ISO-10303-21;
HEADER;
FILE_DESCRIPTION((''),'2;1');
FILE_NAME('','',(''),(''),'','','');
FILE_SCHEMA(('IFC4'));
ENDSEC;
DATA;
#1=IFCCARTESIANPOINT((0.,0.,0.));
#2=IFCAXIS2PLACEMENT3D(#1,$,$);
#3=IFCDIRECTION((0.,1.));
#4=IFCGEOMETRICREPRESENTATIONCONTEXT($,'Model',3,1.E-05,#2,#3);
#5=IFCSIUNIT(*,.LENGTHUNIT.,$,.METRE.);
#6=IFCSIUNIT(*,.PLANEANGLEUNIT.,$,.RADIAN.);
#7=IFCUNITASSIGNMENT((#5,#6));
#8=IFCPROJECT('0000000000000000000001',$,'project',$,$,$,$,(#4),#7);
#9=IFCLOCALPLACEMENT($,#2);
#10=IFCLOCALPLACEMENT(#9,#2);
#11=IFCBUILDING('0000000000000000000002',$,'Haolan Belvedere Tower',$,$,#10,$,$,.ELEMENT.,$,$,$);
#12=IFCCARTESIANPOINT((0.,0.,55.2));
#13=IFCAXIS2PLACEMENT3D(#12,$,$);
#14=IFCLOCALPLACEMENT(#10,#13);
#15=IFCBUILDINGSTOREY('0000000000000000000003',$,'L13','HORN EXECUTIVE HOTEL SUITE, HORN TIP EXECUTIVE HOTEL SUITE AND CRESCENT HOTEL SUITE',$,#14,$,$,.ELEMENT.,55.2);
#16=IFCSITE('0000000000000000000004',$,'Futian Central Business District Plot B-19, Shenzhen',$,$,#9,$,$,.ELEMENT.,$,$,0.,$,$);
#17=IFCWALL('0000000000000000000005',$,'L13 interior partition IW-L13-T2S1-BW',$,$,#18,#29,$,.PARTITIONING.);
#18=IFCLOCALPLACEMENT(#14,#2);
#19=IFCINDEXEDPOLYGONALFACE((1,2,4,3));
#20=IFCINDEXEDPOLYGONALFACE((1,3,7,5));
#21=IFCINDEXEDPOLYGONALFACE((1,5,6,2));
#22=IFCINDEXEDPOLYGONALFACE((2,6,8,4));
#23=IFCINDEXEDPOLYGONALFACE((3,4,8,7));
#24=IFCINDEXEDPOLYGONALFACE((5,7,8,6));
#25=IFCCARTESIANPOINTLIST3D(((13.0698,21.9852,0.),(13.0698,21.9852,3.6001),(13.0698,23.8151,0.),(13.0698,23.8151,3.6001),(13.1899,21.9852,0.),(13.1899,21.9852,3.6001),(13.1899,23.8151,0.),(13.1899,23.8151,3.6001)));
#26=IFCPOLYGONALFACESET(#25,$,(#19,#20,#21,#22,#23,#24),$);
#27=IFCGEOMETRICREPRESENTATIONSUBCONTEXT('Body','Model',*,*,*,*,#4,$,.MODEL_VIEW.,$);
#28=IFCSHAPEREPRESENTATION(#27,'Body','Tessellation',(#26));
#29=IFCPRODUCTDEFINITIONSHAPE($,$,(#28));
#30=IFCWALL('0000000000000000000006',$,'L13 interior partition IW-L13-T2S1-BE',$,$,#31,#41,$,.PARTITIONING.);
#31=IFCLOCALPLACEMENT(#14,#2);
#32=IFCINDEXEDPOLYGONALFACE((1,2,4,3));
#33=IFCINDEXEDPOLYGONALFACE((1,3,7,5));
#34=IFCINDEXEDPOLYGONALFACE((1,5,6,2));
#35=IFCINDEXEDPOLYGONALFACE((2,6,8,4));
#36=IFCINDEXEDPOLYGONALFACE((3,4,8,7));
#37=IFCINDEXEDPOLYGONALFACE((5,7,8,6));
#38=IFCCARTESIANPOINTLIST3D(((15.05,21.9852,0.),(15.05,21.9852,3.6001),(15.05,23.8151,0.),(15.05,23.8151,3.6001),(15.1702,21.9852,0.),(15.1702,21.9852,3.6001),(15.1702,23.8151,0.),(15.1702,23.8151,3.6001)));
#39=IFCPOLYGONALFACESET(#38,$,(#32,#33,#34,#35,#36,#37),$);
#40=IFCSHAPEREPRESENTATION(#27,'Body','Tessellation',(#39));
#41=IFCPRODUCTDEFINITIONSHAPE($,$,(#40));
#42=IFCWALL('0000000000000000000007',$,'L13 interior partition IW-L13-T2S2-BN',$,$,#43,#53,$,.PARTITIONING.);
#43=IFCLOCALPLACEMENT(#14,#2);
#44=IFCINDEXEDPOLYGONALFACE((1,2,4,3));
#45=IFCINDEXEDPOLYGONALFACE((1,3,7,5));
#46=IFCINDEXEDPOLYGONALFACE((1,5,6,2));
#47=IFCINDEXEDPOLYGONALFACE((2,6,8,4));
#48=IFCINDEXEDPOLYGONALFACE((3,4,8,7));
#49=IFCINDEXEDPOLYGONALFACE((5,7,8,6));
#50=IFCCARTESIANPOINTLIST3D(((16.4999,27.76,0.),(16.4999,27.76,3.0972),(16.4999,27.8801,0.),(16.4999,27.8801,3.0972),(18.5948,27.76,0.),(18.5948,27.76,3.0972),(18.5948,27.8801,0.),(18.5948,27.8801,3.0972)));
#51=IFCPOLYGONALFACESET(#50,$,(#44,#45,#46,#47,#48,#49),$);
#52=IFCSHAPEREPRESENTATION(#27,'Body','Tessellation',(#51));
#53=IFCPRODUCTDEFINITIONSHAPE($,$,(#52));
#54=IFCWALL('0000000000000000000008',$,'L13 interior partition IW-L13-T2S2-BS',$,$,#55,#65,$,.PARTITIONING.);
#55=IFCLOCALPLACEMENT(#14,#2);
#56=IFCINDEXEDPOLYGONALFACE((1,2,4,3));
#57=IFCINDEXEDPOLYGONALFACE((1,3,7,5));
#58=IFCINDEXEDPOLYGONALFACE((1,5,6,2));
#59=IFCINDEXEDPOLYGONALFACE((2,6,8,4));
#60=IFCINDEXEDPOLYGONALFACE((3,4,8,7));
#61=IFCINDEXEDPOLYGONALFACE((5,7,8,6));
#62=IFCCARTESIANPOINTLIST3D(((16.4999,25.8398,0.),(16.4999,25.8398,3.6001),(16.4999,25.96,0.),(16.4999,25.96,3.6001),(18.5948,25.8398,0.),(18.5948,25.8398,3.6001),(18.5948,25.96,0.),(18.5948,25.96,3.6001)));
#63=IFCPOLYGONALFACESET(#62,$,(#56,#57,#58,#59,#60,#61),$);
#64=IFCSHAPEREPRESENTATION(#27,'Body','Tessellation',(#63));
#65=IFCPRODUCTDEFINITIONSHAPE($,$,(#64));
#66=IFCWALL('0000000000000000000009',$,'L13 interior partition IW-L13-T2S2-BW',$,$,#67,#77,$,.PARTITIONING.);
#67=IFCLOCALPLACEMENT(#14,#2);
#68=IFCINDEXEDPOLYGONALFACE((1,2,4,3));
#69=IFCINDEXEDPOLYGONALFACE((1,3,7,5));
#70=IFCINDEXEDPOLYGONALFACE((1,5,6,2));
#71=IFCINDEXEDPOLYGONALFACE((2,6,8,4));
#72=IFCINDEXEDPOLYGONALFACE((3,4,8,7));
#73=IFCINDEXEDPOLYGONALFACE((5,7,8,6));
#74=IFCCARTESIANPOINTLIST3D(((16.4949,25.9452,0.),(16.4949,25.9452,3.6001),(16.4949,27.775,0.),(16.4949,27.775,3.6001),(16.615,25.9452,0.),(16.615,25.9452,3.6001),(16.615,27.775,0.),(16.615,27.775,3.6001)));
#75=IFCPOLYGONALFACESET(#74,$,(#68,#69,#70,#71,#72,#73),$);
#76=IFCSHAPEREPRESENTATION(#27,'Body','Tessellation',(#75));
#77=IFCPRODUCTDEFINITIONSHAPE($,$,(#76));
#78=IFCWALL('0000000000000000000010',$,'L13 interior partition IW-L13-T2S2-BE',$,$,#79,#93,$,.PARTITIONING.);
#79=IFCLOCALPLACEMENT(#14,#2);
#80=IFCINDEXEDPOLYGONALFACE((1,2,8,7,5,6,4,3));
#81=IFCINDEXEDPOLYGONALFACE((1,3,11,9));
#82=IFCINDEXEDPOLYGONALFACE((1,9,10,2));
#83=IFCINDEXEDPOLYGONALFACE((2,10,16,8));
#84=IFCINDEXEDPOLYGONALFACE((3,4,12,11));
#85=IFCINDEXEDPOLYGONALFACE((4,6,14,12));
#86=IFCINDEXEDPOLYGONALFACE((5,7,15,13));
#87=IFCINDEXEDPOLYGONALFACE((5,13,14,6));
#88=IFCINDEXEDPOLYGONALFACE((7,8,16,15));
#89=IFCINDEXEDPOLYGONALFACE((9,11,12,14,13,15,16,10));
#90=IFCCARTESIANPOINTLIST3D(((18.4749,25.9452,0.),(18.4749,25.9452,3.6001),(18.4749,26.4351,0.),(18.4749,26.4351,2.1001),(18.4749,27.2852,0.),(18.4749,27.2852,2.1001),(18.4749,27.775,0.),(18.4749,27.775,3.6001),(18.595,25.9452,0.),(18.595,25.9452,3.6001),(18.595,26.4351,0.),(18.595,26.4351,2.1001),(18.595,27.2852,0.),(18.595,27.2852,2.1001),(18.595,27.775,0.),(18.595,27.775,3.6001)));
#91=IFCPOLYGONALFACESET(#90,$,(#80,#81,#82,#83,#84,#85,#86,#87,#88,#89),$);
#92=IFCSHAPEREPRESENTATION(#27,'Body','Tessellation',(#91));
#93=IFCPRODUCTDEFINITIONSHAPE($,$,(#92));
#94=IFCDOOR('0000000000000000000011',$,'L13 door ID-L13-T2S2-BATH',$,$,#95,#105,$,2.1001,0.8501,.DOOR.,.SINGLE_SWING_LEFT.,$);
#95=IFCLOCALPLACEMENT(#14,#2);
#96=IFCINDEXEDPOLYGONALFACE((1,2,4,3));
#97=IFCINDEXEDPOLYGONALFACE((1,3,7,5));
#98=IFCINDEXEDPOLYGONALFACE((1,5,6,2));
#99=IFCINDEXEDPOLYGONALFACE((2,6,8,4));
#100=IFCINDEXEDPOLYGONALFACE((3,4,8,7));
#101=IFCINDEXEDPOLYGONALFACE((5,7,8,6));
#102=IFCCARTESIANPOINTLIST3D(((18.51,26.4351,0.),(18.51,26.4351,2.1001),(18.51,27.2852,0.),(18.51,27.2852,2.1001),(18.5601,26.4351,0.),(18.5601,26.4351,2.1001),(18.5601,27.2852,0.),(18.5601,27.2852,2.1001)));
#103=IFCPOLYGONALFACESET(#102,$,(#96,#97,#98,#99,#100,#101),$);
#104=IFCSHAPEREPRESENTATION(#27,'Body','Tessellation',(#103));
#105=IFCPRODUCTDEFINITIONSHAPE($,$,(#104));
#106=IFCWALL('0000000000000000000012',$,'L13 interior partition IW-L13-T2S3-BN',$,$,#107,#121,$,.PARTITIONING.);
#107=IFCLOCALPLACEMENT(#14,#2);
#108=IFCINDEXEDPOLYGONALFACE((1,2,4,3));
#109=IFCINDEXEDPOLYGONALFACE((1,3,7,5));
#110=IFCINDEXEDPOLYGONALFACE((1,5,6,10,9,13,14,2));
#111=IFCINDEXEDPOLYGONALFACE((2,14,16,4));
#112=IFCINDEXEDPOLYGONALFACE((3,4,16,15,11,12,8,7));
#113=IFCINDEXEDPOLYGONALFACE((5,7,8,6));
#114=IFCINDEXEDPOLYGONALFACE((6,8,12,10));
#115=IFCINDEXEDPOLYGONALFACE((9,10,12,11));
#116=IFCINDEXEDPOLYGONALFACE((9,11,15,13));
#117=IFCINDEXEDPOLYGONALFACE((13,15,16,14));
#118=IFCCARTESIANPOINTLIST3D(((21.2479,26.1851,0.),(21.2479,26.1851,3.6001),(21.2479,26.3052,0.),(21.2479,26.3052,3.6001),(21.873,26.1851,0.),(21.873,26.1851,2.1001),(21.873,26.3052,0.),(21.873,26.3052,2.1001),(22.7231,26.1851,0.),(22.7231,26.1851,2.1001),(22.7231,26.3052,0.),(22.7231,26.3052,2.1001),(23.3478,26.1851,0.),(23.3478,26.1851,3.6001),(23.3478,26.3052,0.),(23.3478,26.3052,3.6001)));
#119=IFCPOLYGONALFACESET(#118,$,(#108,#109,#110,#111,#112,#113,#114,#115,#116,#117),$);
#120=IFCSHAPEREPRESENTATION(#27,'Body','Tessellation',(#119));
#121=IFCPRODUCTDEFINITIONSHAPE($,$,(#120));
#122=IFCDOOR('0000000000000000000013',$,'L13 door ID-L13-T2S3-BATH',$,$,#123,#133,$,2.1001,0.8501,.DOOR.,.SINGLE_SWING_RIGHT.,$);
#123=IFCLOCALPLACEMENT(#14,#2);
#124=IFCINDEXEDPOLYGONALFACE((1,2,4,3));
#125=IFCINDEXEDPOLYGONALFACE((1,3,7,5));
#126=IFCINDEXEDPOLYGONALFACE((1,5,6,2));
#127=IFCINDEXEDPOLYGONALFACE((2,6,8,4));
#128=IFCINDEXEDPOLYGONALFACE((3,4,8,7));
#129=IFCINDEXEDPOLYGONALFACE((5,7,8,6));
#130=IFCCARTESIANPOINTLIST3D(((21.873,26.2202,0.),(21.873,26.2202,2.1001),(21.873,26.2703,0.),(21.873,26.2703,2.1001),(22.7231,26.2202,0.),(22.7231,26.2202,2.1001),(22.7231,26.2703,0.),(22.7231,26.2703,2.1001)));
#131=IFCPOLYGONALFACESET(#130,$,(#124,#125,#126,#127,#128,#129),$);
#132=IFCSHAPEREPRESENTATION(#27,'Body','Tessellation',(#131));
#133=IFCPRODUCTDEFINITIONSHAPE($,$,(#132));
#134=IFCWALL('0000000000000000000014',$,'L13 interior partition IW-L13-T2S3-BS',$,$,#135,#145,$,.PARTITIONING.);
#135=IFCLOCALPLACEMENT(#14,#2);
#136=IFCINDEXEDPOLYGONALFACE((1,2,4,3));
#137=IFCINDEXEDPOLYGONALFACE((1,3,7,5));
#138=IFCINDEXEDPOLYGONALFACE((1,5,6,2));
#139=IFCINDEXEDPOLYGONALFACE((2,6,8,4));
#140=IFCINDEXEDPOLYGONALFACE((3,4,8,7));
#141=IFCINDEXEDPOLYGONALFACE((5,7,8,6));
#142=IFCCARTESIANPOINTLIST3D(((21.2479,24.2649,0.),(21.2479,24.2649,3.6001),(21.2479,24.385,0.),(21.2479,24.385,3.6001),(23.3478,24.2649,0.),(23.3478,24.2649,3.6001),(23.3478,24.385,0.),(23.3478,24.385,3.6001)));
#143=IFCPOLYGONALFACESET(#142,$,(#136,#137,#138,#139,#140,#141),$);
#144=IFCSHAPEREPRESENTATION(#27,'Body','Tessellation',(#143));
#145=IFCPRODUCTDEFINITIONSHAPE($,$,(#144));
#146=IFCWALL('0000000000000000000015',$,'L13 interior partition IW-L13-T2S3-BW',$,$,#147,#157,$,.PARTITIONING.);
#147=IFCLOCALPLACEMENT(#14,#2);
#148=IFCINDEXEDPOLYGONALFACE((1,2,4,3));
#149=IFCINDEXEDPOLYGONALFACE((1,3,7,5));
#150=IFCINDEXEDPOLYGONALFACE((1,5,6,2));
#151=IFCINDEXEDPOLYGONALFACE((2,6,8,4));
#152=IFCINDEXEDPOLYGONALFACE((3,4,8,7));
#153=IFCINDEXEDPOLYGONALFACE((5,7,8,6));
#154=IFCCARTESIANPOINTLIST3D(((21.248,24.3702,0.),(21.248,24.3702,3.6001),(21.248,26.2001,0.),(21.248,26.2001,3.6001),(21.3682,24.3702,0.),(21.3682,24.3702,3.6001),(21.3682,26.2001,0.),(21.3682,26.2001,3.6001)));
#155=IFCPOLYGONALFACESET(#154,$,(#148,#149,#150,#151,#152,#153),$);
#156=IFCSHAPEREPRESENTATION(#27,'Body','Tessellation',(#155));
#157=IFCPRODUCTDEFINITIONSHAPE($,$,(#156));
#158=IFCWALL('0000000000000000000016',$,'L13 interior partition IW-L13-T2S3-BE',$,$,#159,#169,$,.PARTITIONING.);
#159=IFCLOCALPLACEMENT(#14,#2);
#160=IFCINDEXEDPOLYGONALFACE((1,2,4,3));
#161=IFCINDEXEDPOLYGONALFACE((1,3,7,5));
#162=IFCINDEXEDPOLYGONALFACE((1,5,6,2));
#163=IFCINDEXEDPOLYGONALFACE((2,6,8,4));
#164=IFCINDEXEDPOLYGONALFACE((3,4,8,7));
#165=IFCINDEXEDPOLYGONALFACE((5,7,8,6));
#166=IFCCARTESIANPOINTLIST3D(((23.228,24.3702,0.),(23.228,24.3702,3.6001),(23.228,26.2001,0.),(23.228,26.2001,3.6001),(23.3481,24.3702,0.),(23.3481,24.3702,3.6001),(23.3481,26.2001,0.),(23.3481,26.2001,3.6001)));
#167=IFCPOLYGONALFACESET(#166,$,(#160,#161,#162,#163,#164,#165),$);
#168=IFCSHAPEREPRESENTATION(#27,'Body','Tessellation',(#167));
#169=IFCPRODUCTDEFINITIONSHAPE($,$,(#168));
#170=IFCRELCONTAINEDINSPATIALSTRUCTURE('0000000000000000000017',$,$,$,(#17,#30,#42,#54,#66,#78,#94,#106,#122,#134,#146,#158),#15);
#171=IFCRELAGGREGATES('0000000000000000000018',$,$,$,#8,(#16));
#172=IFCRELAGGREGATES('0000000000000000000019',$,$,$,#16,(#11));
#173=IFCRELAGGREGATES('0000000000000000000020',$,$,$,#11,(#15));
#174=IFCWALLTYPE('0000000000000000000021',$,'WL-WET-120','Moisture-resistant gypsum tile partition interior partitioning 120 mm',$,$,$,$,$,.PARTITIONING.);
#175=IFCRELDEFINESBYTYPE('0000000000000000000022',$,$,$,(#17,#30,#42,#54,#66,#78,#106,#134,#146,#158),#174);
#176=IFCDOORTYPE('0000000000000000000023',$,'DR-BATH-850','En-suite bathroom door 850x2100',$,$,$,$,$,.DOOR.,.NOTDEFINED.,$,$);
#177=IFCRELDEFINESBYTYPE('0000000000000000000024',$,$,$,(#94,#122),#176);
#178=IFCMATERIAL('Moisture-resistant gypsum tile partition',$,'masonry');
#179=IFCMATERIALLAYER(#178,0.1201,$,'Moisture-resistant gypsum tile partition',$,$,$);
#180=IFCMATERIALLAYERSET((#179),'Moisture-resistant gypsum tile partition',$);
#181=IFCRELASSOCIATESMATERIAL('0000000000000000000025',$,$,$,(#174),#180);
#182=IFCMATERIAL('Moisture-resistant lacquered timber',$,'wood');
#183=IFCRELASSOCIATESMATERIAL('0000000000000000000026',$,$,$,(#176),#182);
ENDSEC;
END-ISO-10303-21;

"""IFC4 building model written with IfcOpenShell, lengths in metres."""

from ifc_helpers import new_model, si_unit, direction, frame, frame_2d, origin, place, context, subcontext, project, spatial, rectangle, extrude, material, layer, layer_set, type_object, element, fill, save


model = new_model("IFC4")

# Units and contexts
model_context = context("Model", 3, precision=1e-05, world=origin(), true_north=direction((0.0, 1.0)))
body_context = subcontext(model_context, "Body", "Model", "MODEL_VIEW")
ifc_project = project(units=[si_unit("LENGTHUNIT", "METRE"), si_unit("PLANEANGLEUNIT", "RADIAN")], contexts=[model_context])

# Site, building, storey
site_placement = place(None, origin())
site = spatial("IfcSite", under=ifc_project, at=site_placement, Name="Futian Central Business District Plot B-19, Shenzhen", CompositionType="ELEMENT", RefElevation=0.0)
building_placement = place(site_placement, origin())
building = spatial("IfcBuilding", under=site, at=building_placement, Name="Haolan Belvedere Tower", CompositionType="ELEMENT")
storey_placement = place(building_placement, frame((0.0, 0.0, 55.2)))
storey = spatial("IfcBuildingStorey", under=building, at=storey_placement, Name="L13", Description="HORN EXECUTIVE HOTEL SUITE, HORN TIP EXECUTIVE HOTEL SUITE AND CRESCENT HOTEL SUITE", CompositionType="ELEMENT", Elevation=55.2)

# Walls
ifc_material_1 = material(Name="Moisture-resistant gypsum tile partition", Category="masonry")
ifc_layer_1 = layer(ifc_material_1, 0.1201, Name="Moisture-resistant gypsum tile partition")
ifc_layer_set_1 = layer_set([ifc_layer_1], Name="Moisture-resistant gypsum tile partition")
wall_type_1 = type_object("IfcWallType", Name="WL-WET-120", Description="Moisture-resistant gypsum tile partition interior partitioning 120 mm", PredefinedType="PARTITIONING", material=ifc_layer_set_1)
for number, where, z_axis, x_axis, name in (
    (1, (13.1299, 21.9851, 0.0), (0.0, 0.0, 1.0), (0.0, 1.0, 0.0), "L13 interior partition IW-L13-T2S1-BW"),
    (2, (15.1101, 21.9851, 0.0), (0.0, 0.0, 1.0), (0.0, 1.0, 0.0), "L13 interior partition IW-L13-T2S1-BE"),
):
    element("IfcWall", number, at=place(storey_placement, frame(where, z_axis=z_axis, x_axis=x_axis)), inside=storey, type_object=wall_type_1, Name=name, PredefinedType="PARTITIONING", context=body_context, shape_type="SweptSolid", body=[
        extrude(rectangle(XDim=1.8298, YDim=0.1201, at=frame_2d((0.915, 0.0))), origin(), (0.0, 0.0, 1.0), 3.6001),
    ])
wall_1_placement = place(storey_placement, frame((16.5, 27.8201, 0.0), z_axis=(0.0, 0.0, 1.0), x_axis=(1.0, 0.0, 0.0)))
element("IfcWall", 3, at=wall_1_placement, inside=storey, type_object=wall_type_1, Name="L13 interior partition IW-L13-T2S2-BN", PredefinedType="PARTITIONING", context=body_context, shape_type="SweptSolid", body=[
    extrude(rectangle(XDim=2.095, YDim=0.1201, at=frame_2d((1.0474, 0.0))), origin(), (0.0, 0.0, 1.0), 3.0972),
])
wall_2_placement = place(storey_placement, frame((16.5, 25.8999, 0.0), z_axis=(0.0, 0.0, 1.0), x_axis=(1.0, 0.0, 0.0)))
element("IfcWall", 4, at=wall_2_placement, inside=storey, type_object=wall_type_1, Name="L13 interior partition IW-L13-T2S2-BS", PredefinedType="PARTITIONING", context=body_context, shape_type="SweptSolid", body=[
    extrude(rectangle(XDim=2.095, YDim=0.1201, at=frame_2d((1.0474, 0.0))), origin(), (0.0, 0.0, 1.0), 3.6001),
])
wall_3_placement = place(storey_placement, frame((16.5549, 25.9451, 0.0), z_axis=(0.0, 0.0, 1.0), x_axis=(0.0, 1.0, 0.0)))
element("IfcWall", 5, at=wall_3_placement, inside=storey, type_object=wall_type_1, Name="L13 interior partition IW-L13-T2S2-BW", PredefinedType="PARTITIONING", context=body_context, shape_type="SweptSolid", body=[
    extrude(rectangle(XDim=1.8298, YDim=0.1201, at=frame_2d((0.915, 0.0))), origin(), (0.0, 0.0, 1.0), 3.6001),
])

# Walls, openings, doors
wall_4_placement = place(storey_placement, frame((18.5349, 25.9451, 0.0), z_axis=(0.0, 0.0, 1.0), x_axis=(0.0, 1.0, 0.0)))
wall_4 = element("IfcWall", 6, at=wall_4_placement, inside=storey, type_object=wall_type_1, Name="L13 interior partition IW-L13-T2S2-BE", PredefinedType="PARTITIONING", context=body_context, shape_type="SweptSolid", body=[
    extrude(rectangle(XDim=1.8298, YDim=0.1201, at=frame_2d((0.915, 0.0))), origin(), (0.0, 0.0, 1.0), 3.6001),
])
opening_1_placement = place(wall_4_placement, frame((0.49, 0.0, 0.0)))
opening_1 = element("IfcOpeningElement", 7, at=opening_1_placement, cuts=wall_4, PredefinedType="OPENING", context=body_context, shape_type="SweptSolid", body=[
    extrude(rectangle(XDim=0.8501, YDim=2.1001, at=frame_2d((0.425, 1.05))), frame((0.0, 0.0701, 0.0), z_axis=(0.0, -1.0, 0.0), x_axis=(1.0, 0.0, 0.0)), (0.0, 0.0, 1.0), 0.1401),
])
ifc_material_2 = material(Name="Moisture-resistant lacquered timber", Category="wood")
door_type_1 = type_object("IfcDoorType", Name="DR-BATH-850", Description="En-suite bathroom door 850x2100", OperationType="NOTDEFINED", PredefinedType="DOOR", material=ifc_material_2)
door_1_placement = place(opening_1_placement, origin())
door_1 = element("IfcDoor", 8, at=door_1_placement, inside=storey, type_object=door_type_1, Name="L13 door ID-L13-T2S2-BATH", OperationType="SINGLE_SWING_LEFT", OverallHeight=2.1001, OverallWidth=0.8501, PredefinedType="DOOR", context=body_context, shape_type="SweptSolid", body=[
    extrude(rectangle(XDim=0.8501, YDim=2.1001, at=frame_2d((0.425, 1.05))), frame((0.0, 0.0249, 0.0), z_axis=(0.0, -1.0, 0.0), x_axis=(1.0, 0.0, 0.0)), (0.0, 0.0, 1.0), 0.05),
])
fill(opening_1, door_1)
wall_5_placement = place(storey_placement, frame((21.248, 26.2451, 0.0), z_axis=(0.0, 0.0, 1.0), x_axis=(1.0, 0.0, 0.0)))
wall_5 = element("IfcWall", 9, at=wall_5_placement, inside=storey, type_object=wall_type_1, Name="L13 interior partition IW-L13-T2S3-BN", PredefinedType="PARTITIONING", context=body_context, shape_type="SweptSolid", body=[
    extrude(rectangle(XDim=2.0999, YDim=0.1201, at=frame_2d((1.0498, 0.0))), origin(), (0.0, 0.0, 1.0), 3.6001),
])
opening_2_placement = place(wall_5_placement, frame((1.4751, 0.0, 0.0), z_axis=(0.0, 0.0, 1.0), x_axis=(-1.0, 0.0, 0.0)))
opening_2 = element("IfcOpeningElement", 10, at=opening_2_placement, cuts=wall_5, PredefinedType="OPENING", context=body_context, shape_type="SweptSolid", body=[
    extrude(rectangle(XDim=0.8501, YDim=2.1001, at=frame_2d((0.425, 1.05))), frame((0.0, 0.0701, 0.0), z_axis=(0.0, -1.0, 0.0), x_axis=(1.0, 0.0, 0.0)), (0.0, 0.0, 1.0), 0.1401),
])
door_2_placement = place(opening_2_placement, origin())
door_2 = element("IfcDoor", 11, at=door_2_placement, inside=storey, type_object=door_type_1, Name="L13 door ID-L13-T2S3-BATH", OperationType="SINGLE_SWING_RIGHT", OverallHeight=2.1001, OverallWidth=0.8501, PredefinedType="DOOR", context=body_context, shape_type="SweptSolid", body=[
    extrude(rectangle(XDim=0.8501, YDim=2.1001, at=frame_2d((0.425, 1.05))), frame((0.0, 0.0249, 0.0), z_axis=(0.0, -1.0, 0.0), x_axis=(1.0, 0.0, 0.0)), (0.0, 0.0, 1.0), 0.05),
])
fill(opening_2, door_2)

# Walls
wall_6_placement = place(storey_placement, frame((21.248, 24.325, 0.0), z_axis=(0.0, 0.0, 1.0), x_axis=(1.0, 0.0, 0.0)))
element("IfcWall", 12, at=wall_6_placement, inside=storey, type_object=wall_type_1, Name="L13 interior partition IW-L13-T2S3-BS", PredefinedType="PARTITIONING", context=body_context, shape_type="SweptSolid", body=[
    extrude(rectangle(XDim=2.0999, YDim=0.1201, at=frame_2d((1.0498, 0.0))), origin(), (0.0, 0.0, 1.0), 3.6001),
])
for number, where, z_axis, x_axis, name in (
    (13, (21.3081, 24.3701, 0.0), (0.0, 0.0, 1.0), (0.0, 1.0, 0.0), "L13 interior partition IW-L13-T2S3-BW"),
    (14, (23.2881, 24.3701, 0.0), (0.0, 0.0, 1.0), (0.0, 1.0, 0.0), "L13 interior partition IW-L13-T2S3-BE"),
):
    element("IfcWall", number, at=place(storey_placement, frame(where, z_axis=z_axis, x_axis=x_axis)), inside=storey, type_object=wall_type_1, Name=name, PredefinedType="PARTITIONING", context=body_context, shape_type="SweptSolid", body=[
        extrude(rectangle(XDim=1.8298, YDim=0.1201, at=frame_2d((0.915, 0.0))), origin(), (0.0, 0.0, 1.0), 3.6001),
    ])

save(model, "model.ifc")
